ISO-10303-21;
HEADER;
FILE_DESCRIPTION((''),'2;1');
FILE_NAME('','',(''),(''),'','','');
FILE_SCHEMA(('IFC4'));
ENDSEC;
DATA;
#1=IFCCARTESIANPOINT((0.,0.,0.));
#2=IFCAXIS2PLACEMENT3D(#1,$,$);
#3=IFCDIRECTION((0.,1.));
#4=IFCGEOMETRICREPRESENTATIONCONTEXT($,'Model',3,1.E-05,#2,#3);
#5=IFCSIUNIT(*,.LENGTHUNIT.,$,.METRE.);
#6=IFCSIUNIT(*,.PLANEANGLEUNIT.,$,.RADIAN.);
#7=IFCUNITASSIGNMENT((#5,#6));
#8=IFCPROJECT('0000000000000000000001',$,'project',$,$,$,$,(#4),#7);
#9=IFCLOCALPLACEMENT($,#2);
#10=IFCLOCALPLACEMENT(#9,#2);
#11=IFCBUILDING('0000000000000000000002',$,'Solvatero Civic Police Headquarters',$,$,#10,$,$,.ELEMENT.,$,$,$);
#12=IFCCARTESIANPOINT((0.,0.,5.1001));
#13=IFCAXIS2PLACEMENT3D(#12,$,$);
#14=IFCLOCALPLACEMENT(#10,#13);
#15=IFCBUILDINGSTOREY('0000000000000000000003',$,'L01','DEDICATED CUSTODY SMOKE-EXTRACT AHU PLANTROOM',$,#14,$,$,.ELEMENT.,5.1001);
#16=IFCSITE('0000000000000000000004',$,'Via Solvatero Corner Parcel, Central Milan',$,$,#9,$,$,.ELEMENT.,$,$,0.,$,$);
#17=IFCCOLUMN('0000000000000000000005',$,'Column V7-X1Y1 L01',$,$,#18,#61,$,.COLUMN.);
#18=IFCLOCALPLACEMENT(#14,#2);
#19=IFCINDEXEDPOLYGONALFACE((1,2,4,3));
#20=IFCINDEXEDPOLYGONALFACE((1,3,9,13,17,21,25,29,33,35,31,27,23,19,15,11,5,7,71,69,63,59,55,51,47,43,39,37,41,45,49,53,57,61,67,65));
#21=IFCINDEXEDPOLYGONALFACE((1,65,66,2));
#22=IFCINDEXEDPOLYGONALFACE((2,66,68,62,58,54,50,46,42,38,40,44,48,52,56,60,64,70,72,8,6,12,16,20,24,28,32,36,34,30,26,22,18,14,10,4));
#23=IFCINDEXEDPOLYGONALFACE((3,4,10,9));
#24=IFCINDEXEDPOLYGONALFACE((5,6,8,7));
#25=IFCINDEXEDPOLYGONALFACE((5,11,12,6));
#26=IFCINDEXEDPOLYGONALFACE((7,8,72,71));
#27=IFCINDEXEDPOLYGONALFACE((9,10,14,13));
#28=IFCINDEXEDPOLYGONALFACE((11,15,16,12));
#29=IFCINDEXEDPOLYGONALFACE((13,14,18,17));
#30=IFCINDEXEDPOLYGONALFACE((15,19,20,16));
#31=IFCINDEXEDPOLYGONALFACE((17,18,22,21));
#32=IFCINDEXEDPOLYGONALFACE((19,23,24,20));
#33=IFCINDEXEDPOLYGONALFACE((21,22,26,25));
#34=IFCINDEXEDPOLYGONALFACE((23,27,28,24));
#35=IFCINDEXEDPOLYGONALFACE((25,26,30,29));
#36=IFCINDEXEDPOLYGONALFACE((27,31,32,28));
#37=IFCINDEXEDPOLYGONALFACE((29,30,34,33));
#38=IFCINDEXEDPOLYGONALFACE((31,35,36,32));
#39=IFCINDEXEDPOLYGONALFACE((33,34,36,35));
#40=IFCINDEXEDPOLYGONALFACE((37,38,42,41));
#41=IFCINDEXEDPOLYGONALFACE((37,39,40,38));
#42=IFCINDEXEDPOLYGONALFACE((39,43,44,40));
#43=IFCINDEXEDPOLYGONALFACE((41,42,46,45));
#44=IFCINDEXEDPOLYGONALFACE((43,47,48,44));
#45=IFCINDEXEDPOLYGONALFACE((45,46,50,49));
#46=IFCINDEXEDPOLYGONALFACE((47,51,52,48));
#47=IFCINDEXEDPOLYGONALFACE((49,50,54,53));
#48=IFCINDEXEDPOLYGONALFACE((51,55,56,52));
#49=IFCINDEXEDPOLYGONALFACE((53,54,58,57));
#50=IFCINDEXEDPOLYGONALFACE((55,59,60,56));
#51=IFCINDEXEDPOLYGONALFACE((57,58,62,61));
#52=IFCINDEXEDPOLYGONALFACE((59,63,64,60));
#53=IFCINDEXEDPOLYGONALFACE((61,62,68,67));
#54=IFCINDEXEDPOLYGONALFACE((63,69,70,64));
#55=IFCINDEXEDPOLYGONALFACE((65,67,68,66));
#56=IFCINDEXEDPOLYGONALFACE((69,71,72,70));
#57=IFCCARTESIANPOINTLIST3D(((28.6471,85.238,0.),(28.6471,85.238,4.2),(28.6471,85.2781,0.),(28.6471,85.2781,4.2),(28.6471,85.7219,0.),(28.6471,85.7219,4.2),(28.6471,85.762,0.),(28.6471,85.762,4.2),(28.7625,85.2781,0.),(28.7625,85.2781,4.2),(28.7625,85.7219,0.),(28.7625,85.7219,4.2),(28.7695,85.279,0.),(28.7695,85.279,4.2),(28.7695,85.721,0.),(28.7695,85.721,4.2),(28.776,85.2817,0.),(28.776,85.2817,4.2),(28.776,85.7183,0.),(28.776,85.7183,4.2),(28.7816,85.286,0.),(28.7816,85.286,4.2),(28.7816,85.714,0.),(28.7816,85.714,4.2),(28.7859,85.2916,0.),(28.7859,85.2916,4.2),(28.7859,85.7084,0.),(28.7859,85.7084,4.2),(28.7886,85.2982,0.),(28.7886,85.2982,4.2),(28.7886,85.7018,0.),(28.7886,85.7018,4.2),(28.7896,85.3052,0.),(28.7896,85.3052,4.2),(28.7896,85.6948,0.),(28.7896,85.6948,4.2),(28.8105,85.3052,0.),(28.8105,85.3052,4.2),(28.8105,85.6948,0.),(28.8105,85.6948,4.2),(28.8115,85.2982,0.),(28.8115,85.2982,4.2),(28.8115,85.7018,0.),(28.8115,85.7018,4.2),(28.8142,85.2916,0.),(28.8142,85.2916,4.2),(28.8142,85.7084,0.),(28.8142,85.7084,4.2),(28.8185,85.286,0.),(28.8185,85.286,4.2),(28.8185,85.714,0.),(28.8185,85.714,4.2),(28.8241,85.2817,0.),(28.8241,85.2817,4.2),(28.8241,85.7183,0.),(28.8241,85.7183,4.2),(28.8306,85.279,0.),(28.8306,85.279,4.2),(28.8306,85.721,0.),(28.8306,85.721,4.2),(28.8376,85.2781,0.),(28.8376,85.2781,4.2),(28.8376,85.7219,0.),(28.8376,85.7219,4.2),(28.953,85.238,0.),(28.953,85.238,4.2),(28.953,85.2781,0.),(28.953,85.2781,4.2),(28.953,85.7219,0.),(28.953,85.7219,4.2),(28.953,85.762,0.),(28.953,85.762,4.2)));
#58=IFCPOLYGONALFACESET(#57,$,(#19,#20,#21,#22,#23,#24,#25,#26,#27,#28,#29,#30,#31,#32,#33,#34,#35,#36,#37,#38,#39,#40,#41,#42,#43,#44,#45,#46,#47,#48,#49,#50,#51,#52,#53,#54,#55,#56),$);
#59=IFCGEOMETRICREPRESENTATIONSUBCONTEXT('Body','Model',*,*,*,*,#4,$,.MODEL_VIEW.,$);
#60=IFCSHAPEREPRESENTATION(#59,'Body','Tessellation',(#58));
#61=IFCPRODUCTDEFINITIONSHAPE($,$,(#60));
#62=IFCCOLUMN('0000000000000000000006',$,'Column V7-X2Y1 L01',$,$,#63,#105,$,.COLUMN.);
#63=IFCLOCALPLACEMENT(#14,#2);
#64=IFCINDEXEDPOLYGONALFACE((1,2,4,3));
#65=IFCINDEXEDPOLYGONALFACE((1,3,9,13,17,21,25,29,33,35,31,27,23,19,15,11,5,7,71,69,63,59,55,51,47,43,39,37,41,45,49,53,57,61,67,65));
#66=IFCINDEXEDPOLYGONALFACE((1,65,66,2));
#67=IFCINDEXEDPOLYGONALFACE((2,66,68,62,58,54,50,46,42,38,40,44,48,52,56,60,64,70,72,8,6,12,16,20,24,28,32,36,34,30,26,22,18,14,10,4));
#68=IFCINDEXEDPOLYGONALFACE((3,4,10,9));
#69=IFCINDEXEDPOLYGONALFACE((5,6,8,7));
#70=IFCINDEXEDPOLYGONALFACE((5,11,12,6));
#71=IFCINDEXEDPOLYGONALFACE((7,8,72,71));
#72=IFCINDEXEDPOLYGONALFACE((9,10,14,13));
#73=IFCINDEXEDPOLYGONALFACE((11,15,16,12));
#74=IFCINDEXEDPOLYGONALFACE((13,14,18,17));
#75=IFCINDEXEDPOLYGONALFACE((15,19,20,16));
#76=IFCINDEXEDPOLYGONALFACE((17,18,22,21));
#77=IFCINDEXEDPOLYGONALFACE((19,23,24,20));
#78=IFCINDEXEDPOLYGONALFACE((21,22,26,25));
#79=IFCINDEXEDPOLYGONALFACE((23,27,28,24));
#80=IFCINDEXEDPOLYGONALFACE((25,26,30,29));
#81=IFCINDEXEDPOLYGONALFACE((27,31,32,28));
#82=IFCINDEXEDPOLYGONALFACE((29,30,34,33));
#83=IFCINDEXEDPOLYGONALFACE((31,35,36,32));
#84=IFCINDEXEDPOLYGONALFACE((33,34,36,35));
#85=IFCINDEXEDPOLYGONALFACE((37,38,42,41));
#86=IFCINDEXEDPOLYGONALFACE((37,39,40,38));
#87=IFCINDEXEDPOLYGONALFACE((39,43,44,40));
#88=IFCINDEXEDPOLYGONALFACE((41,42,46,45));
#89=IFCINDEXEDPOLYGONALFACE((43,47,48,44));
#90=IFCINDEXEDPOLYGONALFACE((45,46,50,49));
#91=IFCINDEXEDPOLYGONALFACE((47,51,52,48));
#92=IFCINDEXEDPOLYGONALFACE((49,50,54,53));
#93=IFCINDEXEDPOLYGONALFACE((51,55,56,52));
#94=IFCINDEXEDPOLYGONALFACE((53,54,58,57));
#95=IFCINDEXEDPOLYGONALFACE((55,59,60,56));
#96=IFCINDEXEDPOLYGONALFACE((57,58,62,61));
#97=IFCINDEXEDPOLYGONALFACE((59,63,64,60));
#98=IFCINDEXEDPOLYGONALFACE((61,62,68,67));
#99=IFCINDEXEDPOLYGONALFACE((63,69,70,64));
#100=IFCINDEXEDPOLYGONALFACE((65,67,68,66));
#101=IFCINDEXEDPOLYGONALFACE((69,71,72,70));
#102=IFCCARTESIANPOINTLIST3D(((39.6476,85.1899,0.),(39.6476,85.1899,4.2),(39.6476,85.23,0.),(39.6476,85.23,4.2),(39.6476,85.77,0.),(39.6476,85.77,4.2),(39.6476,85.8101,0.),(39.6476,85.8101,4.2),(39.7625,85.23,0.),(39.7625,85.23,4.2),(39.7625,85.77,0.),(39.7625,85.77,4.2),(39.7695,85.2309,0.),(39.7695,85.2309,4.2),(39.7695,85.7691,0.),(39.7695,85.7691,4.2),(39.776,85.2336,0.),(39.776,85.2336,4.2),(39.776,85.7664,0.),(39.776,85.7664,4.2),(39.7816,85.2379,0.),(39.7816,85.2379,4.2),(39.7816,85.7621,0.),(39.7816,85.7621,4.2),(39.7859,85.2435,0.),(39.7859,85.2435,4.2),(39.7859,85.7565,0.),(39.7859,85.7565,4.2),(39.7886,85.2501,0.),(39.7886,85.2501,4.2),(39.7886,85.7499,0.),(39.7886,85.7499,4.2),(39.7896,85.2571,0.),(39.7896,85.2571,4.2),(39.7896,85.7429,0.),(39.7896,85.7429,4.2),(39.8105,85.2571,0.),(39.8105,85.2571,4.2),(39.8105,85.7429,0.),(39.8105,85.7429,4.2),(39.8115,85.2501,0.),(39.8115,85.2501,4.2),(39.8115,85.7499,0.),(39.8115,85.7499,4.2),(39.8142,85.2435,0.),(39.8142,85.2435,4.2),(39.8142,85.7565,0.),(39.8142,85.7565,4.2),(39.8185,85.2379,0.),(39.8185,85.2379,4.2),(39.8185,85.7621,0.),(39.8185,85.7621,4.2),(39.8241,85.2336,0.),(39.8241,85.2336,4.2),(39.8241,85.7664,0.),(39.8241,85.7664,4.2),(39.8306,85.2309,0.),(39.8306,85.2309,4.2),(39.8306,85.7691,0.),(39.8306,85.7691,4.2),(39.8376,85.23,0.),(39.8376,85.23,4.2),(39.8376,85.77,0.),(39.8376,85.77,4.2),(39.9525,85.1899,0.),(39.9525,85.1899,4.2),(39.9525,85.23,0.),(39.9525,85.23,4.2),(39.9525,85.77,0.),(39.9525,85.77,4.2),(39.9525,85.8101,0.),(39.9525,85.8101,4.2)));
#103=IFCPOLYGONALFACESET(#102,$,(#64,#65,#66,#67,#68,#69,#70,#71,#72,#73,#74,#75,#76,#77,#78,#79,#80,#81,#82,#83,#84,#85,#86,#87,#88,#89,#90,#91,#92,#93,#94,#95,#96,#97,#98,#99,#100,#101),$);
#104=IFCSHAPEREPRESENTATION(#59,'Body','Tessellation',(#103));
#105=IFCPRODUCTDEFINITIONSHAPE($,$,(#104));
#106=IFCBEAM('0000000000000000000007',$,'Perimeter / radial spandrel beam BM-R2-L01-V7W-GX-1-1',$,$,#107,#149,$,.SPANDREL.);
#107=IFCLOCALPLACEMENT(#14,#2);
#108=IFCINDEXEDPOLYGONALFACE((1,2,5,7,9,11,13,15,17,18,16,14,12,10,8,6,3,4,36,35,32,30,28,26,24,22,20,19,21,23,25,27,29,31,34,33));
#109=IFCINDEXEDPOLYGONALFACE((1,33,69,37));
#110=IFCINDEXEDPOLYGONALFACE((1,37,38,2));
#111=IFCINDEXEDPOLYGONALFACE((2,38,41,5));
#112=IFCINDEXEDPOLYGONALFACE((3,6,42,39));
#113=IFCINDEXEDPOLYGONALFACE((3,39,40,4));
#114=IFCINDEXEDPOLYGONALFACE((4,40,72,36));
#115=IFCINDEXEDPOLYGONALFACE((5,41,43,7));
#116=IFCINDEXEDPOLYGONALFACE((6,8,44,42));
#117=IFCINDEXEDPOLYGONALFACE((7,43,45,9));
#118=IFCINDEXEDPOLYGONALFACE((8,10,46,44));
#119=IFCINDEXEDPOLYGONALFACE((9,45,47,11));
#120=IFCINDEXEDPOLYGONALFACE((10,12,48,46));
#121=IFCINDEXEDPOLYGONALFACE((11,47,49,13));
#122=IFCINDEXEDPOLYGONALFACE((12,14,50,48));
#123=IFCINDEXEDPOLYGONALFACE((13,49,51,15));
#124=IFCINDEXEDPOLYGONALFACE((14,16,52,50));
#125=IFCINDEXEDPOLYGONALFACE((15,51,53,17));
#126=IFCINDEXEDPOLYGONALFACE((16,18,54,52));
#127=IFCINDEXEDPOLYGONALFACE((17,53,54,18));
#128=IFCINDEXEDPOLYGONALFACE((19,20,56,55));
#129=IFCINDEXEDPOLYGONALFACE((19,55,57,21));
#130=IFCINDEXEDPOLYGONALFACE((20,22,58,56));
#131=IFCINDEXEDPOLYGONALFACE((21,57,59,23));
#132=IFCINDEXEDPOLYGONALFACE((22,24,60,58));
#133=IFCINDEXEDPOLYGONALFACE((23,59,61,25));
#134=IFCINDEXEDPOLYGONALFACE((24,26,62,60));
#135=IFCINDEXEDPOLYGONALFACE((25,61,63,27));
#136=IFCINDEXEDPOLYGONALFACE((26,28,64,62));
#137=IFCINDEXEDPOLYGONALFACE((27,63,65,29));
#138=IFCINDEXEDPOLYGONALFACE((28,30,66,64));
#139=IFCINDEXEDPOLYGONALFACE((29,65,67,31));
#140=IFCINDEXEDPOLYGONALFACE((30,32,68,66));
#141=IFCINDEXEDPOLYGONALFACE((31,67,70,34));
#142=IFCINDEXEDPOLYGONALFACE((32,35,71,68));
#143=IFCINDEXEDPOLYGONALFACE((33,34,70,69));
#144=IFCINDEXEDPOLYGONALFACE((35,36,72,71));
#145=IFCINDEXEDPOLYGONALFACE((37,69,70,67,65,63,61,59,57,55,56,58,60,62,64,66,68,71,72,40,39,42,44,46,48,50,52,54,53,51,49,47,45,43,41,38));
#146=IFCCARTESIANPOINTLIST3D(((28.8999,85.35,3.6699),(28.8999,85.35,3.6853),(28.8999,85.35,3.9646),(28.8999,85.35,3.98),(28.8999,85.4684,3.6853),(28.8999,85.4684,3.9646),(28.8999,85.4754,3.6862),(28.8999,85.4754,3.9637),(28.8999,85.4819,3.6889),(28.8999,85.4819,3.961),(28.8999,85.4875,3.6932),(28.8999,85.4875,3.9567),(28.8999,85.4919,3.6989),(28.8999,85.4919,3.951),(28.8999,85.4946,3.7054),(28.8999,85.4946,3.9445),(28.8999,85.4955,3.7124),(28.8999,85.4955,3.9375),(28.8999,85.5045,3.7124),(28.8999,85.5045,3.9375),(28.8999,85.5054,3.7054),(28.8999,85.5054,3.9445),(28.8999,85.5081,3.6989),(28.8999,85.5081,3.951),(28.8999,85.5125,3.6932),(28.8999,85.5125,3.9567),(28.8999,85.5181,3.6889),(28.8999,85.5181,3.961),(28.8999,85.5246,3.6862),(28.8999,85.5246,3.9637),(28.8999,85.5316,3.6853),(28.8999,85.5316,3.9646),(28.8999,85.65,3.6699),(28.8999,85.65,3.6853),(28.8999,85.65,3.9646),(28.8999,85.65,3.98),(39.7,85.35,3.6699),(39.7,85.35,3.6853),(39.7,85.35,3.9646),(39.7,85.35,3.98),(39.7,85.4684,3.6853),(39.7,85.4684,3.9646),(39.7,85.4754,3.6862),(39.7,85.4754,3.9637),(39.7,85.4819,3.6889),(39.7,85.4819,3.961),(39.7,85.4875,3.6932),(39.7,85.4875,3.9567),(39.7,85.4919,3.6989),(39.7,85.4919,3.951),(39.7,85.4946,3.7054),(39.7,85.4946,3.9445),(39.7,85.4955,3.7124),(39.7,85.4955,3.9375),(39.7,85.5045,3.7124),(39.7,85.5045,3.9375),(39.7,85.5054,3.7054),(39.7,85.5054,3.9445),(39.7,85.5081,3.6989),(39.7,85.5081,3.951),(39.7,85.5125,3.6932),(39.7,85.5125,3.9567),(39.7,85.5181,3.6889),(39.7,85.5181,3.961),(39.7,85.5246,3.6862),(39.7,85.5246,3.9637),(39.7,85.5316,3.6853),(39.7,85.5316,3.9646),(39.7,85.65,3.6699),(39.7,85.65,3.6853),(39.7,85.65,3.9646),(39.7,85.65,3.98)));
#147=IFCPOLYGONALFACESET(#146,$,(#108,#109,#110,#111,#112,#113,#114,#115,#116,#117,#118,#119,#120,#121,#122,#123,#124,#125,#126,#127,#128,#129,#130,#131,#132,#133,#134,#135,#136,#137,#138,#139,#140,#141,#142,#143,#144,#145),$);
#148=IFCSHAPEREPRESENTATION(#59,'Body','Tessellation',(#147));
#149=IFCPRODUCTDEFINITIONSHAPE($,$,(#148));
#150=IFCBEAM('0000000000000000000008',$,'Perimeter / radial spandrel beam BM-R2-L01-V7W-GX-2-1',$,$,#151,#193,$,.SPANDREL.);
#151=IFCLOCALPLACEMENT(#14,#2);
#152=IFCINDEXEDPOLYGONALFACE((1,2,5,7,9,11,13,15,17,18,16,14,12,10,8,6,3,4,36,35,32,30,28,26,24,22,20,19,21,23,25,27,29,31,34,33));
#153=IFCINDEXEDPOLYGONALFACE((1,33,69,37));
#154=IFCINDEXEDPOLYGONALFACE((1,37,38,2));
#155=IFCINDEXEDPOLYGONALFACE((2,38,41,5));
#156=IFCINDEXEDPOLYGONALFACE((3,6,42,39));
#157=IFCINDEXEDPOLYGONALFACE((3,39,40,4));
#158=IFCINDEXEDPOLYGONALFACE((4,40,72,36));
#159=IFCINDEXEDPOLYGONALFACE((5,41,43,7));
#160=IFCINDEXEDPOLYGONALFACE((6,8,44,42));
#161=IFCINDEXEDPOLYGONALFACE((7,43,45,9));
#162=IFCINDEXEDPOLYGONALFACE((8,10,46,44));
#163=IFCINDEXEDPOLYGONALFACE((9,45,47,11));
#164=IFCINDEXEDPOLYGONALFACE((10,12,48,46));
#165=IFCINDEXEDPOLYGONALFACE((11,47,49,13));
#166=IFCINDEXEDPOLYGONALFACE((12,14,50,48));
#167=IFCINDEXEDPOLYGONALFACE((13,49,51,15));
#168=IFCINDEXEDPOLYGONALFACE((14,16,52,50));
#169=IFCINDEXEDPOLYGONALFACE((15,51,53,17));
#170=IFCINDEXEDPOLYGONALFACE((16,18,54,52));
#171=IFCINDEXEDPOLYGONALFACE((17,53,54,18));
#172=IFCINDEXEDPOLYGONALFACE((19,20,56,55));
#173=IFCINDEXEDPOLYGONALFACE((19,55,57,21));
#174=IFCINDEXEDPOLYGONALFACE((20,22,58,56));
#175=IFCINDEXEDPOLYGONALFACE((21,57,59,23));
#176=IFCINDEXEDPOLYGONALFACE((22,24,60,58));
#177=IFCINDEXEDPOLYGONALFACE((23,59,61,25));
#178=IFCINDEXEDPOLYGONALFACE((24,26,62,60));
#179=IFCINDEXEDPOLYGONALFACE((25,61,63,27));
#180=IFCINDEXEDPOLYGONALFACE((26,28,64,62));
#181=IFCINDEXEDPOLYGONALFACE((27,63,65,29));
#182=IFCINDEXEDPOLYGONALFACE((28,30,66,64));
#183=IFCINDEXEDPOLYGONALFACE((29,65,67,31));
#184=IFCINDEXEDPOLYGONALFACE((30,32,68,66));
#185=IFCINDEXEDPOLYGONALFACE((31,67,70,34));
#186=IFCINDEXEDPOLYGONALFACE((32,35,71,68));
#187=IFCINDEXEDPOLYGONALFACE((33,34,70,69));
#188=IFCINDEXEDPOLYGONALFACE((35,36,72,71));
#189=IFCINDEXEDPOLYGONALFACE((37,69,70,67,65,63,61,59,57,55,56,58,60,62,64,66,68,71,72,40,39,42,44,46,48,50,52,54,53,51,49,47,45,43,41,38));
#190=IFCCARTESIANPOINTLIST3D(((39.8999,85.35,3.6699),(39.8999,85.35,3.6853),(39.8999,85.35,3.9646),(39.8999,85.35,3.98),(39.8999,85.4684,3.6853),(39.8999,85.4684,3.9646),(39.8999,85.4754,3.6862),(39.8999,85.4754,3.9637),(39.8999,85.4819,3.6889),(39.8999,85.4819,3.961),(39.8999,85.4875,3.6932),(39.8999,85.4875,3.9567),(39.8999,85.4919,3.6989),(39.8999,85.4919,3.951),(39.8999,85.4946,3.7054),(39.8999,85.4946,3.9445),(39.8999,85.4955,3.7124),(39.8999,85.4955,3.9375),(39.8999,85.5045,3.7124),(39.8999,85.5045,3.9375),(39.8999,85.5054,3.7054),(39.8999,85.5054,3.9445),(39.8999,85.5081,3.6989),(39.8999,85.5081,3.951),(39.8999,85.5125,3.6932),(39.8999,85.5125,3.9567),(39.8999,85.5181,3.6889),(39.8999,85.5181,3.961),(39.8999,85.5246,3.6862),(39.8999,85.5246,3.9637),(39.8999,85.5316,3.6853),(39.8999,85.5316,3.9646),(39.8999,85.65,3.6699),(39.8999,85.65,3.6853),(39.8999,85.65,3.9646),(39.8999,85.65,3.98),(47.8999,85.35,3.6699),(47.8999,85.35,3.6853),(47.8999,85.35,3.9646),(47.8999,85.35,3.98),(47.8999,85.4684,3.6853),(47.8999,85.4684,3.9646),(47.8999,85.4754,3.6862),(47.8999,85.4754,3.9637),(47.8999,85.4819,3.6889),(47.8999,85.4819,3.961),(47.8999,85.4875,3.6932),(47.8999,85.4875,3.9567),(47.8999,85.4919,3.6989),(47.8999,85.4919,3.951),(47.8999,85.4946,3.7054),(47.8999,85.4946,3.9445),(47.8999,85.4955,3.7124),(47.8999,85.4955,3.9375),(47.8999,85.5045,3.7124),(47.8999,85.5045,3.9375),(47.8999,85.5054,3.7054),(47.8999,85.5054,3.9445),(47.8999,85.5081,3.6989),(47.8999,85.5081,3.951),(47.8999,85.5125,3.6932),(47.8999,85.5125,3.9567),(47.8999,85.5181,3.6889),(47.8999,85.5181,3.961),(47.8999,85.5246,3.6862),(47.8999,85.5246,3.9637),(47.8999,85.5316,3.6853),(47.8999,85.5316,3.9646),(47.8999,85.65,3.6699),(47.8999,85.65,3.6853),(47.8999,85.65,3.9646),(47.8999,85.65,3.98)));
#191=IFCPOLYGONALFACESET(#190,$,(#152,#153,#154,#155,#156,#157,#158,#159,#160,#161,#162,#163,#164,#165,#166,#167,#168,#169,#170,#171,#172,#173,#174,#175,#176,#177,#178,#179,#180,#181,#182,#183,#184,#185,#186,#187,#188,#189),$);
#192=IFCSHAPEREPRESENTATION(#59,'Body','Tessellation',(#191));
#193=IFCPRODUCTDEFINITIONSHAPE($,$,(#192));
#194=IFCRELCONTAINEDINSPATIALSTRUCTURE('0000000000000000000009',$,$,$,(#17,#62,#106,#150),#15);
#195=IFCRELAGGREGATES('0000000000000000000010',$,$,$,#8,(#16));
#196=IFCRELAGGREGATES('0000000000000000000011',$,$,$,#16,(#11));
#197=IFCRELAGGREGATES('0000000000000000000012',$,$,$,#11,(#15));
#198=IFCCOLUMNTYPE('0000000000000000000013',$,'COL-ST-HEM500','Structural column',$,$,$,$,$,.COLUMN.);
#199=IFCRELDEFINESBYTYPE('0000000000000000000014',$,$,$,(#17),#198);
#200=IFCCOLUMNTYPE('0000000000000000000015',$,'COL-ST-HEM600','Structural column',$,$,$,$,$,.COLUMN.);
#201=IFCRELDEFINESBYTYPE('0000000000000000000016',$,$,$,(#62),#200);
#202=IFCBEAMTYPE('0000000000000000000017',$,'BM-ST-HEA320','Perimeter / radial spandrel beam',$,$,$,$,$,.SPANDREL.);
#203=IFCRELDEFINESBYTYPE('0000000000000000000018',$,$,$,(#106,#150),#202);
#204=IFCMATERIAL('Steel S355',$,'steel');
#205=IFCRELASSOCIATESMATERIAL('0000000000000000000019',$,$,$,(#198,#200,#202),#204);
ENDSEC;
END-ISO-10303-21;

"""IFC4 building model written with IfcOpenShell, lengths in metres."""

from ifc_helpers import new_model, si_unit, direction, frame, origin, origin_2d, place, context, subcontext, project, spatial, i_section, extrude, material, material_profile, profile_set, type_object, element, save


model = new_model("IFC4")

# Units and contexts
model_context = context("Model", 3, precision=1e-05, world=origin(), true_north=direction((0.0, 1.0)))
body_context = subcontext(model_context, "Body", "Model", "MODEL_VIEW")
ifc_project = project(units=[si_unit("LENGTHUNIT", "METRE"), si_unit("PLANEANGLEUNIT", "RADIAN")], contexts=[model_context])

# Site, building, storey
site_placement = place(None, origin())
site = spatial("IfcSite", under=ifc_project, at=site_placement, Name="Via Solvatero Corner Parcel, Central Milan", CompositionType="ELEMENT", RefElevation=0.0)
building_placement = place(site_placement, origin())
building = spatial("IfcBuilding", under=site, at=building_placement, Name="Solvatero Civic Police Headquarters", CompositionType="ELEMENT")
storey_placement = place(building_placement, frame((0.0, 0.0, 5.1001)))
storey = spatial("IfcBuildingStorey", under=building, at=storey_placement, Name="L01", Description="DEDICATED CUSTODY SMOKE-EXTRACT AHU PLANTROOM", CompositionType="ELEMENT", Elevation=5.1001)

# Columns
ifc_material_1 = material(Name="Steel S355", Category="steel")
ifc_material_profile_1 = material_profile(ifc_material_1, i_section(OverallWidth=0.3059, OverallDepth=0.5239, WebThickness=0.021, FlangeThickness=0.04, FilletRadius=0.0271, at=origin_2d()), Name="HEM 500")
ifc_profile_set_1 = profile_set([ifc_material_profile_1], Name="Steel S355")
column_type_1 = type_object("IfcColumnType", Name="COL-ST-HEM500", Description="Structural column", PredefinedType="COLUMN", material=ifc_profile_set_1)
column_1_placement = place(storey_placement, frame((28.8, 85.5, 0.0), z_axis=(0.0, 0.0, 1.0), x_axis=(1.0, 0.0, 0.0)))
element("IfcColumn", 1, at=column_1_placement, inside=storey, type_object=column_type_1, Name="Column V7-X1Y1 L01", PredefinedType="COLUMN", context=body_context, shape_type="SweptSolid", body=[
    extrude(i_section(OverallWidth=0.3059, OverallDepth=0.5239, WebThickness=0.021, FlangeThickness=0.04, FilletRadius=0.0271, at=origin_2d()), origin(), (0.0, 0.0, 1.0), 4.2),
])
ifc_material_profile_2 = material_profile(ifc_material_1, i_section(OverallWidth=0.3049, OverallDepth=0.6201, WebThickness=0.021, FlangeThickness=0.04, FilletRadius=0.0271, at=origin_2d()), Name="HEM 600")
ifc_profile_set_2 = profile_set([ifc_material_profile_2], Name="Steel S355")
column_type_2 = type_object("IfcColumnType", Name="COL-ST-HEM600", Description="Structural column", PredefinedType="COLUMN", material=ifc_profile_set_2)
column_2_placement = place(storey_placement, frame((39.8, 85.5, 0.0), z_axis=(0.0, 0.0, 1.0), x_axis=(1.0, 0.0, 0.0)))
element("IfcColumn", 2, at=column_2_placement, inside=storey, type_object=column_type_2, Name="Column V7-X2Y1 L01", PredefinedType="COLUMN", context=body_context, shape_type="SweptSolid", body=[
    extrude(i_section(OverallWidth=0.3049, OverallDepth=0.6201, WebThickness=0.021, FlangeThickness=0.04, FilletRadius=0.0271, at=origin_2d()), origin(), (0.0, 0.0, 1.0), 4.2),
])

# Beams
ifc_material_profile_3 = material_profile(ifc_material_1, i_section(OverallWidth=0.3, OverallDepth=0.3101, WebThickness=0.009, FlangeThickness=0.0154, FilletRadius=0.0271, at=origin_2d()), Name="HEA 320")
ifc_profile_set_3 = profile_set([ifc_material_profile_3], Name="Steel S355")
beam_type_1 = type_object("IfcBeamType", Name="BM-ST-HEA320", Description="Perimeter / radial spandrel beam", PredefinedType="SPANDREL", material=ifc_profile_set_3)
beam_1_placement = place(storey_placement, frame((28.8999, 85.5, 3.825), z_axis=(1.0, 0.0, 0.0), x_axis=(0.0, 1.0, 0.0)))
element("IfcBeam", 3, at=beam_1_placement, inside=storey, type_object=beam_type_1, Name="Perimeter / radial spandrel beam BM-R2-L01-V7W-GX-1-1", PredefinedType="SPANDREL", context=body_context, shape_type="SweptSolid", body=[
    extrude(i_section(OverallWidth=0.3, OverallDepth=0.3101, WebThickness=0.009, FlangeThickness=0.0154, FilletRadius=0.0271, at=origin_2d()), origin(), (0.0, 0.0, 1.0), 10.8),
])
beam_2_placement = place(storey_placement, frame((39.8999, 85.5, 3.825), z_axis=(1.0, 0.0, 0.0), x_axis=(0.0, 1.0, 0.0)))
element("IfcBeam", 4, at=beam_2_placement, inside=storey, type_object=beam_type_1, Name="Perimeter / radial spandrel beam BM-R2-L01-V7W-GX-2-1", PredefinedType="SPANDREL", context=body_context, shape_type="SweptSolid", body=[
    extrude(i_section(OverallWidth=0.3, OverallDepth=0.3101, WebThickness=0.009, FlangeThickness=0.0154, FilletRadius=0.0271, at=origin_2d()), origin(), (0.0, 0.0, 1.0), 8.0),
])

save(model, "model.ifc")
